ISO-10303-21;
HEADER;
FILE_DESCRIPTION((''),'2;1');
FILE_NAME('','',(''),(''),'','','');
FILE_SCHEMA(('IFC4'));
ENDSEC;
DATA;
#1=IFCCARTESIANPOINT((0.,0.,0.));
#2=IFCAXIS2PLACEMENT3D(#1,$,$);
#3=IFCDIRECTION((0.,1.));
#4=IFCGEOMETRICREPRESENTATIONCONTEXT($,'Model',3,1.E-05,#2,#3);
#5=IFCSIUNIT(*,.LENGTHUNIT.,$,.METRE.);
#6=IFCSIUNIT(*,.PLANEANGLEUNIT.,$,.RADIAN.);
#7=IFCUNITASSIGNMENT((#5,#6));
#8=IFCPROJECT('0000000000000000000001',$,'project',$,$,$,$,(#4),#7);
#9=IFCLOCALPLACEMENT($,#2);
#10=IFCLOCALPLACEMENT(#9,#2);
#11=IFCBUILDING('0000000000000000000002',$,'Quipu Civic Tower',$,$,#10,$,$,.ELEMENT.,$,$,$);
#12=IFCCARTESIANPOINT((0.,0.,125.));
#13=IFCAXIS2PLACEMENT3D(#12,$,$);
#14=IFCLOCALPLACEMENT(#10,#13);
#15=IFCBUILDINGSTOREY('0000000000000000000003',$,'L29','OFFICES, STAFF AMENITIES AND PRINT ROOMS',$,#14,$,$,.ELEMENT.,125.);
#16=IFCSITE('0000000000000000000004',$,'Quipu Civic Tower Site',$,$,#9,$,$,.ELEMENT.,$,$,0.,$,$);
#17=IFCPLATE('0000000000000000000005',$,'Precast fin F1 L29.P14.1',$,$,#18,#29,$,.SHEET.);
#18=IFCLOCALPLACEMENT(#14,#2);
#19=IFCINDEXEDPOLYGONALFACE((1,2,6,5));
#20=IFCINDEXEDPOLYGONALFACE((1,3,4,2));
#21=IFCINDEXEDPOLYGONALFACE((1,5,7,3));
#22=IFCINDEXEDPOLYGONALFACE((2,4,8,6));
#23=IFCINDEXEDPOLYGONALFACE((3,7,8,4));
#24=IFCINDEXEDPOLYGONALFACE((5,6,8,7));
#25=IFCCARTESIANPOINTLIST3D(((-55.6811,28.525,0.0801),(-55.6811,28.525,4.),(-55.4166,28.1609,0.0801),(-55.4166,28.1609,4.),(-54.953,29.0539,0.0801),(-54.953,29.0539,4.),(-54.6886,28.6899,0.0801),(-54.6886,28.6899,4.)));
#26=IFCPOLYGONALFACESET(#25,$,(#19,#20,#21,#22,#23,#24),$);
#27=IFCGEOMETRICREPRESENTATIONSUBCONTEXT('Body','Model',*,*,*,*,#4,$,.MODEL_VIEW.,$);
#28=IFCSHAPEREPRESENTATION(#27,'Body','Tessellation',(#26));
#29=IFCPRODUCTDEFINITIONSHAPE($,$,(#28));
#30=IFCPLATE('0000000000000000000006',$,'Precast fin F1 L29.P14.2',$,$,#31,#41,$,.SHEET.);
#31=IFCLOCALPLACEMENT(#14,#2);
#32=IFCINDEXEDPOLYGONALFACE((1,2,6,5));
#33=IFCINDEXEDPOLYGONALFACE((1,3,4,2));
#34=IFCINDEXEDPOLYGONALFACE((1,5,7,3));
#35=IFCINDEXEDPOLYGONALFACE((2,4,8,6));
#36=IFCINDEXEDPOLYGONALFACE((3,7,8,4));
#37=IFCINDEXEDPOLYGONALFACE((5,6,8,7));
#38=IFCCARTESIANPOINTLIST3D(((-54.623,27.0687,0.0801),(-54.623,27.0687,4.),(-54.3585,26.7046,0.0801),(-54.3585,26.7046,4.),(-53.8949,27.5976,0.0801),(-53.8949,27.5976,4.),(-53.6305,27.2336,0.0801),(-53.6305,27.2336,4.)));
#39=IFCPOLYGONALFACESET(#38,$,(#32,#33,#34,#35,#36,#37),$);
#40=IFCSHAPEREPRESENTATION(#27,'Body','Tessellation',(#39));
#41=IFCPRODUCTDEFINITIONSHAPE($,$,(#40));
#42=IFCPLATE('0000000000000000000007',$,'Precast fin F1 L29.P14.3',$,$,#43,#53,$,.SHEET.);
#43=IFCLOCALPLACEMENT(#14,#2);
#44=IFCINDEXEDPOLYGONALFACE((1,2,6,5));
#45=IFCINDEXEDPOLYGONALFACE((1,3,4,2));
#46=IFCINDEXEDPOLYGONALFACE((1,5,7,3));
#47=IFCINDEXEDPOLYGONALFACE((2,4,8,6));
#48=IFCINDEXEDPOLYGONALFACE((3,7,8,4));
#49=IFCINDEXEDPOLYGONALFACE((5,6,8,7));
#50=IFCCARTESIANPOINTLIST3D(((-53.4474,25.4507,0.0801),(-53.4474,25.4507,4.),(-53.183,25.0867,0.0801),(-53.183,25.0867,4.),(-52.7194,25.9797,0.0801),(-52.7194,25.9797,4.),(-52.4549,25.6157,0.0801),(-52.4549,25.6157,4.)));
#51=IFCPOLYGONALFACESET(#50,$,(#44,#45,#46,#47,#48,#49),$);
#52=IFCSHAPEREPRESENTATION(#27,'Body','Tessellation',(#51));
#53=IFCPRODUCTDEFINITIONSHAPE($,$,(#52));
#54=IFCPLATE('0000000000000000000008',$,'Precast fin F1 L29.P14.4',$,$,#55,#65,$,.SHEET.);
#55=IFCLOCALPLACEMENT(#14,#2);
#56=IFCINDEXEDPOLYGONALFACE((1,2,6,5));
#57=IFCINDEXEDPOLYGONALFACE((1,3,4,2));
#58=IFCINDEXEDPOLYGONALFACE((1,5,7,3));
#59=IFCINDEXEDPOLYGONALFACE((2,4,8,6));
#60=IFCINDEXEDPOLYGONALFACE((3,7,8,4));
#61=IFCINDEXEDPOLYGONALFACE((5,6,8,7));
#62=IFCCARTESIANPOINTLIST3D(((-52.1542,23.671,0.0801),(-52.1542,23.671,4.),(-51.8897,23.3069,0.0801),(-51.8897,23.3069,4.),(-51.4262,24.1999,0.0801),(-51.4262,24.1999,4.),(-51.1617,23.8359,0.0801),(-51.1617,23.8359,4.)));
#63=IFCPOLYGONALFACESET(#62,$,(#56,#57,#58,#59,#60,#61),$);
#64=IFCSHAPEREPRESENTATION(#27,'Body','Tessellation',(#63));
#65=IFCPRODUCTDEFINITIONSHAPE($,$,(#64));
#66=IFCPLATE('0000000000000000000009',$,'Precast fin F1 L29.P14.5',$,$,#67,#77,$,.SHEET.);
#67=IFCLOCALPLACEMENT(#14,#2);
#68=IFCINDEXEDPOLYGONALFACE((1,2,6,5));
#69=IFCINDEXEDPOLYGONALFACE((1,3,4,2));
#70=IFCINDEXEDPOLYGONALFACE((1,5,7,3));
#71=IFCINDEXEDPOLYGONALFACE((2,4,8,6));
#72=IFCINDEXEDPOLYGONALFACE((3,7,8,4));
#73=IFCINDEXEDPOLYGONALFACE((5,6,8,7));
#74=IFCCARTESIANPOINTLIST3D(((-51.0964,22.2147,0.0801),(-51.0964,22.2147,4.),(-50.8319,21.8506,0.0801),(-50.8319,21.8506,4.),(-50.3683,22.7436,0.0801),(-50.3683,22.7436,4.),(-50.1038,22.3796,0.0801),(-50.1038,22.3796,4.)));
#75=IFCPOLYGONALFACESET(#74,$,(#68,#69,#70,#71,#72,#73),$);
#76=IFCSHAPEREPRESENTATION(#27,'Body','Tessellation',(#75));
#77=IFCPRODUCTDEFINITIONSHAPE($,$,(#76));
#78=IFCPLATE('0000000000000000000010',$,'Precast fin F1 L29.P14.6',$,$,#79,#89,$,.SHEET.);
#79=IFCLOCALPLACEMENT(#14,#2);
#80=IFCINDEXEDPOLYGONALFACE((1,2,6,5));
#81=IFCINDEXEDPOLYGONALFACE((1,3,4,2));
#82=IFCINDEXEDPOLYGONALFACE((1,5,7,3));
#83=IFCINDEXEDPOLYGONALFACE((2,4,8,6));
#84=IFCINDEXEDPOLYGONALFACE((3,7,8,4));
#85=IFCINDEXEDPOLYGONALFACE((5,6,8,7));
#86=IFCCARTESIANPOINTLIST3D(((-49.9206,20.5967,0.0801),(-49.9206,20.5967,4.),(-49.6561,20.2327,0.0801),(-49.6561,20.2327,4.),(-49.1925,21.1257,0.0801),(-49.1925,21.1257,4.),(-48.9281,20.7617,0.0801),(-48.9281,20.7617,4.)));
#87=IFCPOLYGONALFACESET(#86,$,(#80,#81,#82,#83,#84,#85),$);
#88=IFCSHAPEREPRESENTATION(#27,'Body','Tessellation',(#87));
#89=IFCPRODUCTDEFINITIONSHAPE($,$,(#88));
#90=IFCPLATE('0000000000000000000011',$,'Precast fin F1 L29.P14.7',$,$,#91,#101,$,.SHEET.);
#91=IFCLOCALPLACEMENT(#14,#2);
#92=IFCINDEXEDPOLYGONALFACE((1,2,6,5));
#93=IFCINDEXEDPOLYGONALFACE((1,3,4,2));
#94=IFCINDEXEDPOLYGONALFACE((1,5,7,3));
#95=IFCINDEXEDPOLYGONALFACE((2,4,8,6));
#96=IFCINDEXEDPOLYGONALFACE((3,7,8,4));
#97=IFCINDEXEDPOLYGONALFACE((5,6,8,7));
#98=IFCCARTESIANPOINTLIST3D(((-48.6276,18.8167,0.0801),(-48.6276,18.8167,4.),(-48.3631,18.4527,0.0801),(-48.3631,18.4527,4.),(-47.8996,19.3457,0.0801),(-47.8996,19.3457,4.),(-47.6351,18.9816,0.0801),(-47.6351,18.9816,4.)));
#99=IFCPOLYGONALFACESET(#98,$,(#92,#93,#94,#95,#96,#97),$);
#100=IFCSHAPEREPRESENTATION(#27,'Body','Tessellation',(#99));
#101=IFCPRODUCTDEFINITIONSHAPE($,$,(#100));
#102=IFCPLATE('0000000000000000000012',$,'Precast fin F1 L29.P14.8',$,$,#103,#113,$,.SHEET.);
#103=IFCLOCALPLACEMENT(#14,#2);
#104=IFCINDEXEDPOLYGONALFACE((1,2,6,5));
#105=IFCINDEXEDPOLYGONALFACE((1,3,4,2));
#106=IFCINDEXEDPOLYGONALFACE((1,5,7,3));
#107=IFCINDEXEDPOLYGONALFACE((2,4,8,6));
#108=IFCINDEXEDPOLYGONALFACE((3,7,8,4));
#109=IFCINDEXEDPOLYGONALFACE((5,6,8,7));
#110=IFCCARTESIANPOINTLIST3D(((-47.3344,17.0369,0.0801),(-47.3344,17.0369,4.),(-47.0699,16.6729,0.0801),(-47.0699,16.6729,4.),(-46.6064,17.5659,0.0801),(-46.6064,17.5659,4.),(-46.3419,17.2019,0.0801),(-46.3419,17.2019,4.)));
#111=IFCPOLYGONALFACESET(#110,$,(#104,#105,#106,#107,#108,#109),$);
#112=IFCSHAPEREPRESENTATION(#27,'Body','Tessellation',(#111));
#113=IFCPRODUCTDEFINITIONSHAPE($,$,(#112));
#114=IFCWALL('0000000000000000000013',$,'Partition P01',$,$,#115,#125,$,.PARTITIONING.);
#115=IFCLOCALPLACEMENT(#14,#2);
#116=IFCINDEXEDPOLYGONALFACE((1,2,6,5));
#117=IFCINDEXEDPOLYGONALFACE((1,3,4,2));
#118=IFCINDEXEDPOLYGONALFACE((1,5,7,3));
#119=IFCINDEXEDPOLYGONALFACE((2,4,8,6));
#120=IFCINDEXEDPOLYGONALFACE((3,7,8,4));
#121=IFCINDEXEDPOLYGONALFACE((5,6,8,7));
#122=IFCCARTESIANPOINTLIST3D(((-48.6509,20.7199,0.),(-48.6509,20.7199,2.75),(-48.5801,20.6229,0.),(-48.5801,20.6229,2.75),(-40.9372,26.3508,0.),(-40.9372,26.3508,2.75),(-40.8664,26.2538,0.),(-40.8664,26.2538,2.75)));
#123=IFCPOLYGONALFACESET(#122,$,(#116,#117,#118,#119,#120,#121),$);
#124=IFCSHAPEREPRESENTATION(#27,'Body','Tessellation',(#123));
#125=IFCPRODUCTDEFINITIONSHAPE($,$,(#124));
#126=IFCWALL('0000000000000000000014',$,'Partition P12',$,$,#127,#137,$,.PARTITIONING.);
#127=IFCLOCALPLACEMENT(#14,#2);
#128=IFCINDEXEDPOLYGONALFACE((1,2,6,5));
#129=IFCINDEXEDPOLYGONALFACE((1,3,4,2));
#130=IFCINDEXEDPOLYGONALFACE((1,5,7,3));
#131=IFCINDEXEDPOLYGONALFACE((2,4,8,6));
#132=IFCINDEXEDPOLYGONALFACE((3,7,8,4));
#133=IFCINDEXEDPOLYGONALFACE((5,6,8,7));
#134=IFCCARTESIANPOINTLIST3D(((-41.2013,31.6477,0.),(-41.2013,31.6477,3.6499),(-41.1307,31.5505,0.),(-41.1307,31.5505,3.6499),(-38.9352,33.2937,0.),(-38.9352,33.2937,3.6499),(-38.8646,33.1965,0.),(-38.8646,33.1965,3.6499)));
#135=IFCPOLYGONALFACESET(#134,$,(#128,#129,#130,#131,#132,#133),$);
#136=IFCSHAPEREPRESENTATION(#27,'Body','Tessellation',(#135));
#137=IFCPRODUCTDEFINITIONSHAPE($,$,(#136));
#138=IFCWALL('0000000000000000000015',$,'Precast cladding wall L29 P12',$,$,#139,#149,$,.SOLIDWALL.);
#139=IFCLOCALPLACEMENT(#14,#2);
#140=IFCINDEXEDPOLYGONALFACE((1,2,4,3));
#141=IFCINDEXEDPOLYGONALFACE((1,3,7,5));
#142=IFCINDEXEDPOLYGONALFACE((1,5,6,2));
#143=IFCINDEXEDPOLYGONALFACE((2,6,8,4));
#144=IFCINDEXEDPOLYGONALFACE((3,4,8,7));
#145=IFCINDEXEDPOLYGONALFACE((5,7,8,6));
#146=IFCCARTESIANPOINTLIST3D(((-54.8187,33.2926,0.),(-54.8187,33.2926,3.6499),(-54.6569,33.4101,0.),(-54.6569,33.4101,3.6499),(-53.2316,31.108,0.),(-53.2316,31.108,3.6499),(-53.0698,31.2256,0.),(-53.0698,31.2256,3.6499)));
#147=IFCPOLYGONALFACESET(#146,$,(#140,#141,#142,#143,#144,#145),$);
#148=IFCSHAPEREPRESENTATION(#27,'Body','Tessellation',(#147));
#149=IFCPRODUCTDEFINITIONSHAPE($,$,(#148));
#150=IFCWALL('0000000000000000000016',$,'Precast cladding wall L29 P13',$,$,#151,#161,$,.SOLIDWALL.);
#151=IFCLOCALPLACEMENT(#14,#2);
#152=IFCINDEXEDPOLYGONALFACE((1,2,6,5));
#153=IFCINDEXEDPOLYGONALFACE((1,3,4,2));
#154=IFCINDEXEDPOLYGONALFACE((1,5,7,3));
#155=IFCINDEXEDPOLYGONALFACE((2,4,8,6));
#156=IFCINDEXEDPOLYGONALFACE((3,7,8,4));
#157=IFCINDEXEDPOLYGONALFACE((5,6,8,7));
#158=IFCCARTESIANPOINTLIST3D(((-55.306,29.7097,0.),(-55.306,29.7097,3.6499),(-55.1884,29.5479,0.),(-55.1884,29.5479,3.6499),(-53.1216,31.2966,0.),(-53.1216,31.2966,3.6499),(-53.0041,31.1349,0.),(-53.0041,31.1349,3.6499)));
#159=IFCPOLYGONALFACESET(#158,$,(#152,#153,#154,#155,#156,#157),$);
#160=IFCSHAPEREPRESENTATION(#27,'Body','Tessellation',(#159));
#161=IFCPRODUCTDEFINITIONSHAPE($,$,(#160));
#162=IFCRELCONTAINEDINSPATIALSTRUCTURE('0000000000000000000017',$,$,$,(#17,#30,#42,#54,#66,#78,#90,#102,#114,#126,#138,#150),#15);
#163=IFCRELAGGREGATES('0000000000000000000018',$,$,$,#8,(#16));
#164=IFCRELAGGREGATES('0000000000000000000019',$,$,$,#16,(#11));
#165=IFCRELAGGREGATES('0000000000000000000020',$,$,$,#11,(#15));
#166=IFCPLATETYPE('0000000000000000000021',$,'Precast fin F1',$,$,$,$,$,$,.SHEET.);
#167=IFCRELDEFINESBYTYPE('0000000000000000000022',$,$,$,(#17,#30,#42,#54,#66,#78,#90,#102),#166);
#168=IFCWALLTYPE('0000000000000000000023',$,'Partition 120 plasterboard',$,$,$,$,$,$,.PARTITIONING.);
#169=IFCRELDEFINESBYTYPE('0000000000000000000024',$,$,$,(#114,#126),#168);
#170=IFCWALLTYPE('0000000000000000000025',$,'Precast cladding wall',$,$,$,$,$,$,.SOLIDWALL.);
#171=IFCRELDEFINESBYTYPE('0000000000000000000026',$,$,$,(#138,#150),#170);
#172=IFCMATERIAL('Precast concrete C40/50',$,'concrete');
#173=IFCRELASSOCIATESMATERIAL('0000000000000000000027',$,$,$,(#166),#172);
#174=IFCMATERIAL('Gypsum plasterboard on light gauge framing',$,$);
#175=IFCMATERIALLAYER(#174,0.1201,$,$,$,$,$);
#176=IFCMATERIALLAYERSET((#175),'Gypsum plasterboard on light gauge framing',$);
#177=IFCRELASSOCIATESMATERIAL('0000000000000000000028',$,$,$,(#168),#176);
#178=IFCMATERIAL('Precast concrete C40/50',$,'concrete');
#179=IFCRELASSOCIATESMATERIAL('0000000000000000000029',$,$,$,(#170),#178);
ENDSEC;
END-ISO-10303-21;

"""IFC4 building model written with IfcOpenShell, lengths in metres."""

from ifc_helpers import new_model, si_unit, direction, frame, frame_2d, origin, origin_2d, place, context, subcontext, project, spatial, rectangle, extrude, material, layer, layer_set, type_object, element, save


model = new_model("IFC4")

# Units and contexts
model_context = context("Model", 3, precision=1e-05, world=origin(), true_north=direction((0.0, 1.0)))
body_context = subcontext(model_context, "Body", "Model", "MODEL_VIEW")
ifc_project = project(units=[si_unit("LENGTHUNIT", "METRE"), si_unit("PLANEANGLEUNIT", "RADIAN")], contexts=[model_context])

# Site, building, storey
site_placement = place(None, origin())
site = spatial("IfcSite", under=ifc_project, at=site_placement, Name="Quipu Civic Tower Site", CompositionType="ELEMENT", RefElevation=0.0)
building_placement = place(site_placement, origin())
building = spatial("IfcBuilding", under=site, at=building_placement, Name="Quipu Civic Tower", CompositionType="ELEMENT")
storey_placement = place(building_placement, frame((0.0, 0.0, 125.0)))
storey = spatial("IfcBuildingStorey", under=building, at=storey_placement, Name="L29", Description="OFFICES, STAFF AMENITIES AND PRINT ROOMS", CompositionType="ELEMENT", Elevation=125.0)

# Plates
ifc_material_1 = material(Name="Precast concrete C40/50", Category="concrete")
plate_type_1 = type_object("IfcPlateType", Name="Precast fin F1", PredefinedType="SHEET", material=ifc_material_1)
for number, where, z_axis, x_axis, name in (
    (1, (-55.1848, 28.6074, 0.0801), (0.0, 0.0, 1.0), (0.587786, -0.809017, 0.0), "Precast fin F1 L29.P14.1"),
    (2, (-54.1267, 27.1511, 0.0801), (0.0, 0.0, 1.0), (0.587786, -0.809017, 0.0), "Precast fin F1 L29.P14.2"),
    (3, (-52.9512, 25.5332, 0.0801), (0.0, 0.0, 1.0), (0.587786, -0.809017, 0.0), "Precast fin F1 L29.P14.3"),
    (4, (-51.658, 23.7534, 0.0801), (0.0, 0.0, 1.0), (0.587786, -0.809017, 0.0), "Precast fin F1 L29.P14.4"),
    (5, (-50.6001, 22.2971, 0.0801), (0.0, 0.0, 1.0), (0.587786, -0.809017, 0.0), "Precast fin F1 L29.P14.5"),
    (6, (-49.4243, 20.6792, 0.0801), (0.0, 0.0, 1.0), (0.587786, -0.809017, 0.0), "Precast fin F1 L29.P14.6"),
    (7, (-48.1313, 18.8992, 0.0801), (0.0, 0.0, 1.0), (0.587786, -0.809017, 0.0), "Precast fin F1 L29.P14.7"),
    (8, (-46.8381, 17.1194, 0.0801), (0.0, 0.0, 1.0), (0.587786, -0.809017, 0.0), "Precast fin F1 L29.P14.8"),
):
    element("IfcPlate", number, at=place(storey_placement, frame(where, z_axis=z_axis, x_axis=x_axis)), inside=storey, type_object=plate_type_1, Name=name, PredefinedType="SHEET", context=body_context, shape_type="SweptSolid", body=[
        extrude(rectangle(XDim=0.45, YDim=0.8999, at=origin_2d()), origin(), (0.0, 0.0, 1.0), 3.9199),
    ])

# Walls
ifc_material_2 = material(Name="Gypsum plasterboard on light gauge framing")
ifc_layer_1 = layer(ifc_material_2, 0.1201)
ifc_layer_set_1 = layer_set([ifc_layer_1], Name="Gypsum plasterboard on light gauge framing")
wall_type_1 = type_object("IfcWallType", Name="Partition 120 plasterboard", PredefinedType="PARTITIONING", material=ifc_layer_set_1)
wall_1_placement = place(storey_placement, frame((-48.6155, 20.6714, 0.0), z_axis=(0.0, 0.0, 1.0), x_axis=(0.807691, 0.589606, 0.0)))
element("IfcWall", 9, at=wall_1_placement, inside=storey, type_object=wall_type_1, Name="Partition P01", PredefinedType="PARTITIONING", context=body_context, shape_type="SweptSolid", body=[
    extrude(rectangle(XDim=9.5503, YDim=0.1201, at=frame_2d((4.7751, 0.0))), origin(), (0.0, 0.0, 1.0), 2.75),
])
wall_2_placement = place(storey_placement, frame((-41.166, 31.5991, 0.0), z_axis=(0.0, 0.0, 1.0), x_axis=(0.80909, 0.587684, 0.0)))
element("IfcWall", 10, at=wall_2_placement, inside=storey, type_object=wall_type_1, Name="Partition P12", PredefinedType="PARTITIONING", context=body_context, shape_type="SweptSolid", body=[
    extrude(rectangle(XDim=2.8008, YDim=0.1201, at=frame_2d((1.4004, 0.0))), origin(), (0.0, 0.0, 1.0), 3.6499),
])
ifc_material_3 = material(Name="Precast concrete C40/50", Category="concrete")
wall_type_2 = type_object("IfcWallType", Name="Precast cladding wall", PredefinedType="SOLIDWALL", material=ifc_material_3)
wall_3_placement = place(storey_placement, frame((-54.7378, 33.3513, 0.0), z_axis=(0.0, 0.0, 1.0), x_axis=(0.587779, -0.809021, 0.0)))
element("IfcWall", 11, at=wall_3_placement, inside=storey, type_object=wall_type_2, Name="Precast cladding wall L29 P12", PredefinedType="SOLIDWALL", context=body_context, shape_type="SweptSolid", body=[
    extrude(rectangle(XDim=2.7002, YDim=0.2, at=frame_2d((1.3501, 0.0))), origin(), (0.0, 0.0, 1.0), 3.6499),
])
wall_4_placement = place(storey_placement, frame((-53.0627, 31.2158, 0.0), z_axis=(0.0, 0.0, 1.0), x_axis=(-0.809033, -0.587763, 0.0)))
element("IfcWall", 12, at=wall_4_placement, inside=storey, type_object=wall_type_2, Name="Precast cladding wall L29 P13", PredefinedType="SOLIDWALL", context=body_context, shape_type="SweptSolid", body=[
    extrude(rectangle(XDim=2.7, YDim=0.2, at=frame_2d((1.3501, 0.0))), origin(), (0.0, 0.0, 1.0), 3.6499),
])

save(model, "model.ifc")
